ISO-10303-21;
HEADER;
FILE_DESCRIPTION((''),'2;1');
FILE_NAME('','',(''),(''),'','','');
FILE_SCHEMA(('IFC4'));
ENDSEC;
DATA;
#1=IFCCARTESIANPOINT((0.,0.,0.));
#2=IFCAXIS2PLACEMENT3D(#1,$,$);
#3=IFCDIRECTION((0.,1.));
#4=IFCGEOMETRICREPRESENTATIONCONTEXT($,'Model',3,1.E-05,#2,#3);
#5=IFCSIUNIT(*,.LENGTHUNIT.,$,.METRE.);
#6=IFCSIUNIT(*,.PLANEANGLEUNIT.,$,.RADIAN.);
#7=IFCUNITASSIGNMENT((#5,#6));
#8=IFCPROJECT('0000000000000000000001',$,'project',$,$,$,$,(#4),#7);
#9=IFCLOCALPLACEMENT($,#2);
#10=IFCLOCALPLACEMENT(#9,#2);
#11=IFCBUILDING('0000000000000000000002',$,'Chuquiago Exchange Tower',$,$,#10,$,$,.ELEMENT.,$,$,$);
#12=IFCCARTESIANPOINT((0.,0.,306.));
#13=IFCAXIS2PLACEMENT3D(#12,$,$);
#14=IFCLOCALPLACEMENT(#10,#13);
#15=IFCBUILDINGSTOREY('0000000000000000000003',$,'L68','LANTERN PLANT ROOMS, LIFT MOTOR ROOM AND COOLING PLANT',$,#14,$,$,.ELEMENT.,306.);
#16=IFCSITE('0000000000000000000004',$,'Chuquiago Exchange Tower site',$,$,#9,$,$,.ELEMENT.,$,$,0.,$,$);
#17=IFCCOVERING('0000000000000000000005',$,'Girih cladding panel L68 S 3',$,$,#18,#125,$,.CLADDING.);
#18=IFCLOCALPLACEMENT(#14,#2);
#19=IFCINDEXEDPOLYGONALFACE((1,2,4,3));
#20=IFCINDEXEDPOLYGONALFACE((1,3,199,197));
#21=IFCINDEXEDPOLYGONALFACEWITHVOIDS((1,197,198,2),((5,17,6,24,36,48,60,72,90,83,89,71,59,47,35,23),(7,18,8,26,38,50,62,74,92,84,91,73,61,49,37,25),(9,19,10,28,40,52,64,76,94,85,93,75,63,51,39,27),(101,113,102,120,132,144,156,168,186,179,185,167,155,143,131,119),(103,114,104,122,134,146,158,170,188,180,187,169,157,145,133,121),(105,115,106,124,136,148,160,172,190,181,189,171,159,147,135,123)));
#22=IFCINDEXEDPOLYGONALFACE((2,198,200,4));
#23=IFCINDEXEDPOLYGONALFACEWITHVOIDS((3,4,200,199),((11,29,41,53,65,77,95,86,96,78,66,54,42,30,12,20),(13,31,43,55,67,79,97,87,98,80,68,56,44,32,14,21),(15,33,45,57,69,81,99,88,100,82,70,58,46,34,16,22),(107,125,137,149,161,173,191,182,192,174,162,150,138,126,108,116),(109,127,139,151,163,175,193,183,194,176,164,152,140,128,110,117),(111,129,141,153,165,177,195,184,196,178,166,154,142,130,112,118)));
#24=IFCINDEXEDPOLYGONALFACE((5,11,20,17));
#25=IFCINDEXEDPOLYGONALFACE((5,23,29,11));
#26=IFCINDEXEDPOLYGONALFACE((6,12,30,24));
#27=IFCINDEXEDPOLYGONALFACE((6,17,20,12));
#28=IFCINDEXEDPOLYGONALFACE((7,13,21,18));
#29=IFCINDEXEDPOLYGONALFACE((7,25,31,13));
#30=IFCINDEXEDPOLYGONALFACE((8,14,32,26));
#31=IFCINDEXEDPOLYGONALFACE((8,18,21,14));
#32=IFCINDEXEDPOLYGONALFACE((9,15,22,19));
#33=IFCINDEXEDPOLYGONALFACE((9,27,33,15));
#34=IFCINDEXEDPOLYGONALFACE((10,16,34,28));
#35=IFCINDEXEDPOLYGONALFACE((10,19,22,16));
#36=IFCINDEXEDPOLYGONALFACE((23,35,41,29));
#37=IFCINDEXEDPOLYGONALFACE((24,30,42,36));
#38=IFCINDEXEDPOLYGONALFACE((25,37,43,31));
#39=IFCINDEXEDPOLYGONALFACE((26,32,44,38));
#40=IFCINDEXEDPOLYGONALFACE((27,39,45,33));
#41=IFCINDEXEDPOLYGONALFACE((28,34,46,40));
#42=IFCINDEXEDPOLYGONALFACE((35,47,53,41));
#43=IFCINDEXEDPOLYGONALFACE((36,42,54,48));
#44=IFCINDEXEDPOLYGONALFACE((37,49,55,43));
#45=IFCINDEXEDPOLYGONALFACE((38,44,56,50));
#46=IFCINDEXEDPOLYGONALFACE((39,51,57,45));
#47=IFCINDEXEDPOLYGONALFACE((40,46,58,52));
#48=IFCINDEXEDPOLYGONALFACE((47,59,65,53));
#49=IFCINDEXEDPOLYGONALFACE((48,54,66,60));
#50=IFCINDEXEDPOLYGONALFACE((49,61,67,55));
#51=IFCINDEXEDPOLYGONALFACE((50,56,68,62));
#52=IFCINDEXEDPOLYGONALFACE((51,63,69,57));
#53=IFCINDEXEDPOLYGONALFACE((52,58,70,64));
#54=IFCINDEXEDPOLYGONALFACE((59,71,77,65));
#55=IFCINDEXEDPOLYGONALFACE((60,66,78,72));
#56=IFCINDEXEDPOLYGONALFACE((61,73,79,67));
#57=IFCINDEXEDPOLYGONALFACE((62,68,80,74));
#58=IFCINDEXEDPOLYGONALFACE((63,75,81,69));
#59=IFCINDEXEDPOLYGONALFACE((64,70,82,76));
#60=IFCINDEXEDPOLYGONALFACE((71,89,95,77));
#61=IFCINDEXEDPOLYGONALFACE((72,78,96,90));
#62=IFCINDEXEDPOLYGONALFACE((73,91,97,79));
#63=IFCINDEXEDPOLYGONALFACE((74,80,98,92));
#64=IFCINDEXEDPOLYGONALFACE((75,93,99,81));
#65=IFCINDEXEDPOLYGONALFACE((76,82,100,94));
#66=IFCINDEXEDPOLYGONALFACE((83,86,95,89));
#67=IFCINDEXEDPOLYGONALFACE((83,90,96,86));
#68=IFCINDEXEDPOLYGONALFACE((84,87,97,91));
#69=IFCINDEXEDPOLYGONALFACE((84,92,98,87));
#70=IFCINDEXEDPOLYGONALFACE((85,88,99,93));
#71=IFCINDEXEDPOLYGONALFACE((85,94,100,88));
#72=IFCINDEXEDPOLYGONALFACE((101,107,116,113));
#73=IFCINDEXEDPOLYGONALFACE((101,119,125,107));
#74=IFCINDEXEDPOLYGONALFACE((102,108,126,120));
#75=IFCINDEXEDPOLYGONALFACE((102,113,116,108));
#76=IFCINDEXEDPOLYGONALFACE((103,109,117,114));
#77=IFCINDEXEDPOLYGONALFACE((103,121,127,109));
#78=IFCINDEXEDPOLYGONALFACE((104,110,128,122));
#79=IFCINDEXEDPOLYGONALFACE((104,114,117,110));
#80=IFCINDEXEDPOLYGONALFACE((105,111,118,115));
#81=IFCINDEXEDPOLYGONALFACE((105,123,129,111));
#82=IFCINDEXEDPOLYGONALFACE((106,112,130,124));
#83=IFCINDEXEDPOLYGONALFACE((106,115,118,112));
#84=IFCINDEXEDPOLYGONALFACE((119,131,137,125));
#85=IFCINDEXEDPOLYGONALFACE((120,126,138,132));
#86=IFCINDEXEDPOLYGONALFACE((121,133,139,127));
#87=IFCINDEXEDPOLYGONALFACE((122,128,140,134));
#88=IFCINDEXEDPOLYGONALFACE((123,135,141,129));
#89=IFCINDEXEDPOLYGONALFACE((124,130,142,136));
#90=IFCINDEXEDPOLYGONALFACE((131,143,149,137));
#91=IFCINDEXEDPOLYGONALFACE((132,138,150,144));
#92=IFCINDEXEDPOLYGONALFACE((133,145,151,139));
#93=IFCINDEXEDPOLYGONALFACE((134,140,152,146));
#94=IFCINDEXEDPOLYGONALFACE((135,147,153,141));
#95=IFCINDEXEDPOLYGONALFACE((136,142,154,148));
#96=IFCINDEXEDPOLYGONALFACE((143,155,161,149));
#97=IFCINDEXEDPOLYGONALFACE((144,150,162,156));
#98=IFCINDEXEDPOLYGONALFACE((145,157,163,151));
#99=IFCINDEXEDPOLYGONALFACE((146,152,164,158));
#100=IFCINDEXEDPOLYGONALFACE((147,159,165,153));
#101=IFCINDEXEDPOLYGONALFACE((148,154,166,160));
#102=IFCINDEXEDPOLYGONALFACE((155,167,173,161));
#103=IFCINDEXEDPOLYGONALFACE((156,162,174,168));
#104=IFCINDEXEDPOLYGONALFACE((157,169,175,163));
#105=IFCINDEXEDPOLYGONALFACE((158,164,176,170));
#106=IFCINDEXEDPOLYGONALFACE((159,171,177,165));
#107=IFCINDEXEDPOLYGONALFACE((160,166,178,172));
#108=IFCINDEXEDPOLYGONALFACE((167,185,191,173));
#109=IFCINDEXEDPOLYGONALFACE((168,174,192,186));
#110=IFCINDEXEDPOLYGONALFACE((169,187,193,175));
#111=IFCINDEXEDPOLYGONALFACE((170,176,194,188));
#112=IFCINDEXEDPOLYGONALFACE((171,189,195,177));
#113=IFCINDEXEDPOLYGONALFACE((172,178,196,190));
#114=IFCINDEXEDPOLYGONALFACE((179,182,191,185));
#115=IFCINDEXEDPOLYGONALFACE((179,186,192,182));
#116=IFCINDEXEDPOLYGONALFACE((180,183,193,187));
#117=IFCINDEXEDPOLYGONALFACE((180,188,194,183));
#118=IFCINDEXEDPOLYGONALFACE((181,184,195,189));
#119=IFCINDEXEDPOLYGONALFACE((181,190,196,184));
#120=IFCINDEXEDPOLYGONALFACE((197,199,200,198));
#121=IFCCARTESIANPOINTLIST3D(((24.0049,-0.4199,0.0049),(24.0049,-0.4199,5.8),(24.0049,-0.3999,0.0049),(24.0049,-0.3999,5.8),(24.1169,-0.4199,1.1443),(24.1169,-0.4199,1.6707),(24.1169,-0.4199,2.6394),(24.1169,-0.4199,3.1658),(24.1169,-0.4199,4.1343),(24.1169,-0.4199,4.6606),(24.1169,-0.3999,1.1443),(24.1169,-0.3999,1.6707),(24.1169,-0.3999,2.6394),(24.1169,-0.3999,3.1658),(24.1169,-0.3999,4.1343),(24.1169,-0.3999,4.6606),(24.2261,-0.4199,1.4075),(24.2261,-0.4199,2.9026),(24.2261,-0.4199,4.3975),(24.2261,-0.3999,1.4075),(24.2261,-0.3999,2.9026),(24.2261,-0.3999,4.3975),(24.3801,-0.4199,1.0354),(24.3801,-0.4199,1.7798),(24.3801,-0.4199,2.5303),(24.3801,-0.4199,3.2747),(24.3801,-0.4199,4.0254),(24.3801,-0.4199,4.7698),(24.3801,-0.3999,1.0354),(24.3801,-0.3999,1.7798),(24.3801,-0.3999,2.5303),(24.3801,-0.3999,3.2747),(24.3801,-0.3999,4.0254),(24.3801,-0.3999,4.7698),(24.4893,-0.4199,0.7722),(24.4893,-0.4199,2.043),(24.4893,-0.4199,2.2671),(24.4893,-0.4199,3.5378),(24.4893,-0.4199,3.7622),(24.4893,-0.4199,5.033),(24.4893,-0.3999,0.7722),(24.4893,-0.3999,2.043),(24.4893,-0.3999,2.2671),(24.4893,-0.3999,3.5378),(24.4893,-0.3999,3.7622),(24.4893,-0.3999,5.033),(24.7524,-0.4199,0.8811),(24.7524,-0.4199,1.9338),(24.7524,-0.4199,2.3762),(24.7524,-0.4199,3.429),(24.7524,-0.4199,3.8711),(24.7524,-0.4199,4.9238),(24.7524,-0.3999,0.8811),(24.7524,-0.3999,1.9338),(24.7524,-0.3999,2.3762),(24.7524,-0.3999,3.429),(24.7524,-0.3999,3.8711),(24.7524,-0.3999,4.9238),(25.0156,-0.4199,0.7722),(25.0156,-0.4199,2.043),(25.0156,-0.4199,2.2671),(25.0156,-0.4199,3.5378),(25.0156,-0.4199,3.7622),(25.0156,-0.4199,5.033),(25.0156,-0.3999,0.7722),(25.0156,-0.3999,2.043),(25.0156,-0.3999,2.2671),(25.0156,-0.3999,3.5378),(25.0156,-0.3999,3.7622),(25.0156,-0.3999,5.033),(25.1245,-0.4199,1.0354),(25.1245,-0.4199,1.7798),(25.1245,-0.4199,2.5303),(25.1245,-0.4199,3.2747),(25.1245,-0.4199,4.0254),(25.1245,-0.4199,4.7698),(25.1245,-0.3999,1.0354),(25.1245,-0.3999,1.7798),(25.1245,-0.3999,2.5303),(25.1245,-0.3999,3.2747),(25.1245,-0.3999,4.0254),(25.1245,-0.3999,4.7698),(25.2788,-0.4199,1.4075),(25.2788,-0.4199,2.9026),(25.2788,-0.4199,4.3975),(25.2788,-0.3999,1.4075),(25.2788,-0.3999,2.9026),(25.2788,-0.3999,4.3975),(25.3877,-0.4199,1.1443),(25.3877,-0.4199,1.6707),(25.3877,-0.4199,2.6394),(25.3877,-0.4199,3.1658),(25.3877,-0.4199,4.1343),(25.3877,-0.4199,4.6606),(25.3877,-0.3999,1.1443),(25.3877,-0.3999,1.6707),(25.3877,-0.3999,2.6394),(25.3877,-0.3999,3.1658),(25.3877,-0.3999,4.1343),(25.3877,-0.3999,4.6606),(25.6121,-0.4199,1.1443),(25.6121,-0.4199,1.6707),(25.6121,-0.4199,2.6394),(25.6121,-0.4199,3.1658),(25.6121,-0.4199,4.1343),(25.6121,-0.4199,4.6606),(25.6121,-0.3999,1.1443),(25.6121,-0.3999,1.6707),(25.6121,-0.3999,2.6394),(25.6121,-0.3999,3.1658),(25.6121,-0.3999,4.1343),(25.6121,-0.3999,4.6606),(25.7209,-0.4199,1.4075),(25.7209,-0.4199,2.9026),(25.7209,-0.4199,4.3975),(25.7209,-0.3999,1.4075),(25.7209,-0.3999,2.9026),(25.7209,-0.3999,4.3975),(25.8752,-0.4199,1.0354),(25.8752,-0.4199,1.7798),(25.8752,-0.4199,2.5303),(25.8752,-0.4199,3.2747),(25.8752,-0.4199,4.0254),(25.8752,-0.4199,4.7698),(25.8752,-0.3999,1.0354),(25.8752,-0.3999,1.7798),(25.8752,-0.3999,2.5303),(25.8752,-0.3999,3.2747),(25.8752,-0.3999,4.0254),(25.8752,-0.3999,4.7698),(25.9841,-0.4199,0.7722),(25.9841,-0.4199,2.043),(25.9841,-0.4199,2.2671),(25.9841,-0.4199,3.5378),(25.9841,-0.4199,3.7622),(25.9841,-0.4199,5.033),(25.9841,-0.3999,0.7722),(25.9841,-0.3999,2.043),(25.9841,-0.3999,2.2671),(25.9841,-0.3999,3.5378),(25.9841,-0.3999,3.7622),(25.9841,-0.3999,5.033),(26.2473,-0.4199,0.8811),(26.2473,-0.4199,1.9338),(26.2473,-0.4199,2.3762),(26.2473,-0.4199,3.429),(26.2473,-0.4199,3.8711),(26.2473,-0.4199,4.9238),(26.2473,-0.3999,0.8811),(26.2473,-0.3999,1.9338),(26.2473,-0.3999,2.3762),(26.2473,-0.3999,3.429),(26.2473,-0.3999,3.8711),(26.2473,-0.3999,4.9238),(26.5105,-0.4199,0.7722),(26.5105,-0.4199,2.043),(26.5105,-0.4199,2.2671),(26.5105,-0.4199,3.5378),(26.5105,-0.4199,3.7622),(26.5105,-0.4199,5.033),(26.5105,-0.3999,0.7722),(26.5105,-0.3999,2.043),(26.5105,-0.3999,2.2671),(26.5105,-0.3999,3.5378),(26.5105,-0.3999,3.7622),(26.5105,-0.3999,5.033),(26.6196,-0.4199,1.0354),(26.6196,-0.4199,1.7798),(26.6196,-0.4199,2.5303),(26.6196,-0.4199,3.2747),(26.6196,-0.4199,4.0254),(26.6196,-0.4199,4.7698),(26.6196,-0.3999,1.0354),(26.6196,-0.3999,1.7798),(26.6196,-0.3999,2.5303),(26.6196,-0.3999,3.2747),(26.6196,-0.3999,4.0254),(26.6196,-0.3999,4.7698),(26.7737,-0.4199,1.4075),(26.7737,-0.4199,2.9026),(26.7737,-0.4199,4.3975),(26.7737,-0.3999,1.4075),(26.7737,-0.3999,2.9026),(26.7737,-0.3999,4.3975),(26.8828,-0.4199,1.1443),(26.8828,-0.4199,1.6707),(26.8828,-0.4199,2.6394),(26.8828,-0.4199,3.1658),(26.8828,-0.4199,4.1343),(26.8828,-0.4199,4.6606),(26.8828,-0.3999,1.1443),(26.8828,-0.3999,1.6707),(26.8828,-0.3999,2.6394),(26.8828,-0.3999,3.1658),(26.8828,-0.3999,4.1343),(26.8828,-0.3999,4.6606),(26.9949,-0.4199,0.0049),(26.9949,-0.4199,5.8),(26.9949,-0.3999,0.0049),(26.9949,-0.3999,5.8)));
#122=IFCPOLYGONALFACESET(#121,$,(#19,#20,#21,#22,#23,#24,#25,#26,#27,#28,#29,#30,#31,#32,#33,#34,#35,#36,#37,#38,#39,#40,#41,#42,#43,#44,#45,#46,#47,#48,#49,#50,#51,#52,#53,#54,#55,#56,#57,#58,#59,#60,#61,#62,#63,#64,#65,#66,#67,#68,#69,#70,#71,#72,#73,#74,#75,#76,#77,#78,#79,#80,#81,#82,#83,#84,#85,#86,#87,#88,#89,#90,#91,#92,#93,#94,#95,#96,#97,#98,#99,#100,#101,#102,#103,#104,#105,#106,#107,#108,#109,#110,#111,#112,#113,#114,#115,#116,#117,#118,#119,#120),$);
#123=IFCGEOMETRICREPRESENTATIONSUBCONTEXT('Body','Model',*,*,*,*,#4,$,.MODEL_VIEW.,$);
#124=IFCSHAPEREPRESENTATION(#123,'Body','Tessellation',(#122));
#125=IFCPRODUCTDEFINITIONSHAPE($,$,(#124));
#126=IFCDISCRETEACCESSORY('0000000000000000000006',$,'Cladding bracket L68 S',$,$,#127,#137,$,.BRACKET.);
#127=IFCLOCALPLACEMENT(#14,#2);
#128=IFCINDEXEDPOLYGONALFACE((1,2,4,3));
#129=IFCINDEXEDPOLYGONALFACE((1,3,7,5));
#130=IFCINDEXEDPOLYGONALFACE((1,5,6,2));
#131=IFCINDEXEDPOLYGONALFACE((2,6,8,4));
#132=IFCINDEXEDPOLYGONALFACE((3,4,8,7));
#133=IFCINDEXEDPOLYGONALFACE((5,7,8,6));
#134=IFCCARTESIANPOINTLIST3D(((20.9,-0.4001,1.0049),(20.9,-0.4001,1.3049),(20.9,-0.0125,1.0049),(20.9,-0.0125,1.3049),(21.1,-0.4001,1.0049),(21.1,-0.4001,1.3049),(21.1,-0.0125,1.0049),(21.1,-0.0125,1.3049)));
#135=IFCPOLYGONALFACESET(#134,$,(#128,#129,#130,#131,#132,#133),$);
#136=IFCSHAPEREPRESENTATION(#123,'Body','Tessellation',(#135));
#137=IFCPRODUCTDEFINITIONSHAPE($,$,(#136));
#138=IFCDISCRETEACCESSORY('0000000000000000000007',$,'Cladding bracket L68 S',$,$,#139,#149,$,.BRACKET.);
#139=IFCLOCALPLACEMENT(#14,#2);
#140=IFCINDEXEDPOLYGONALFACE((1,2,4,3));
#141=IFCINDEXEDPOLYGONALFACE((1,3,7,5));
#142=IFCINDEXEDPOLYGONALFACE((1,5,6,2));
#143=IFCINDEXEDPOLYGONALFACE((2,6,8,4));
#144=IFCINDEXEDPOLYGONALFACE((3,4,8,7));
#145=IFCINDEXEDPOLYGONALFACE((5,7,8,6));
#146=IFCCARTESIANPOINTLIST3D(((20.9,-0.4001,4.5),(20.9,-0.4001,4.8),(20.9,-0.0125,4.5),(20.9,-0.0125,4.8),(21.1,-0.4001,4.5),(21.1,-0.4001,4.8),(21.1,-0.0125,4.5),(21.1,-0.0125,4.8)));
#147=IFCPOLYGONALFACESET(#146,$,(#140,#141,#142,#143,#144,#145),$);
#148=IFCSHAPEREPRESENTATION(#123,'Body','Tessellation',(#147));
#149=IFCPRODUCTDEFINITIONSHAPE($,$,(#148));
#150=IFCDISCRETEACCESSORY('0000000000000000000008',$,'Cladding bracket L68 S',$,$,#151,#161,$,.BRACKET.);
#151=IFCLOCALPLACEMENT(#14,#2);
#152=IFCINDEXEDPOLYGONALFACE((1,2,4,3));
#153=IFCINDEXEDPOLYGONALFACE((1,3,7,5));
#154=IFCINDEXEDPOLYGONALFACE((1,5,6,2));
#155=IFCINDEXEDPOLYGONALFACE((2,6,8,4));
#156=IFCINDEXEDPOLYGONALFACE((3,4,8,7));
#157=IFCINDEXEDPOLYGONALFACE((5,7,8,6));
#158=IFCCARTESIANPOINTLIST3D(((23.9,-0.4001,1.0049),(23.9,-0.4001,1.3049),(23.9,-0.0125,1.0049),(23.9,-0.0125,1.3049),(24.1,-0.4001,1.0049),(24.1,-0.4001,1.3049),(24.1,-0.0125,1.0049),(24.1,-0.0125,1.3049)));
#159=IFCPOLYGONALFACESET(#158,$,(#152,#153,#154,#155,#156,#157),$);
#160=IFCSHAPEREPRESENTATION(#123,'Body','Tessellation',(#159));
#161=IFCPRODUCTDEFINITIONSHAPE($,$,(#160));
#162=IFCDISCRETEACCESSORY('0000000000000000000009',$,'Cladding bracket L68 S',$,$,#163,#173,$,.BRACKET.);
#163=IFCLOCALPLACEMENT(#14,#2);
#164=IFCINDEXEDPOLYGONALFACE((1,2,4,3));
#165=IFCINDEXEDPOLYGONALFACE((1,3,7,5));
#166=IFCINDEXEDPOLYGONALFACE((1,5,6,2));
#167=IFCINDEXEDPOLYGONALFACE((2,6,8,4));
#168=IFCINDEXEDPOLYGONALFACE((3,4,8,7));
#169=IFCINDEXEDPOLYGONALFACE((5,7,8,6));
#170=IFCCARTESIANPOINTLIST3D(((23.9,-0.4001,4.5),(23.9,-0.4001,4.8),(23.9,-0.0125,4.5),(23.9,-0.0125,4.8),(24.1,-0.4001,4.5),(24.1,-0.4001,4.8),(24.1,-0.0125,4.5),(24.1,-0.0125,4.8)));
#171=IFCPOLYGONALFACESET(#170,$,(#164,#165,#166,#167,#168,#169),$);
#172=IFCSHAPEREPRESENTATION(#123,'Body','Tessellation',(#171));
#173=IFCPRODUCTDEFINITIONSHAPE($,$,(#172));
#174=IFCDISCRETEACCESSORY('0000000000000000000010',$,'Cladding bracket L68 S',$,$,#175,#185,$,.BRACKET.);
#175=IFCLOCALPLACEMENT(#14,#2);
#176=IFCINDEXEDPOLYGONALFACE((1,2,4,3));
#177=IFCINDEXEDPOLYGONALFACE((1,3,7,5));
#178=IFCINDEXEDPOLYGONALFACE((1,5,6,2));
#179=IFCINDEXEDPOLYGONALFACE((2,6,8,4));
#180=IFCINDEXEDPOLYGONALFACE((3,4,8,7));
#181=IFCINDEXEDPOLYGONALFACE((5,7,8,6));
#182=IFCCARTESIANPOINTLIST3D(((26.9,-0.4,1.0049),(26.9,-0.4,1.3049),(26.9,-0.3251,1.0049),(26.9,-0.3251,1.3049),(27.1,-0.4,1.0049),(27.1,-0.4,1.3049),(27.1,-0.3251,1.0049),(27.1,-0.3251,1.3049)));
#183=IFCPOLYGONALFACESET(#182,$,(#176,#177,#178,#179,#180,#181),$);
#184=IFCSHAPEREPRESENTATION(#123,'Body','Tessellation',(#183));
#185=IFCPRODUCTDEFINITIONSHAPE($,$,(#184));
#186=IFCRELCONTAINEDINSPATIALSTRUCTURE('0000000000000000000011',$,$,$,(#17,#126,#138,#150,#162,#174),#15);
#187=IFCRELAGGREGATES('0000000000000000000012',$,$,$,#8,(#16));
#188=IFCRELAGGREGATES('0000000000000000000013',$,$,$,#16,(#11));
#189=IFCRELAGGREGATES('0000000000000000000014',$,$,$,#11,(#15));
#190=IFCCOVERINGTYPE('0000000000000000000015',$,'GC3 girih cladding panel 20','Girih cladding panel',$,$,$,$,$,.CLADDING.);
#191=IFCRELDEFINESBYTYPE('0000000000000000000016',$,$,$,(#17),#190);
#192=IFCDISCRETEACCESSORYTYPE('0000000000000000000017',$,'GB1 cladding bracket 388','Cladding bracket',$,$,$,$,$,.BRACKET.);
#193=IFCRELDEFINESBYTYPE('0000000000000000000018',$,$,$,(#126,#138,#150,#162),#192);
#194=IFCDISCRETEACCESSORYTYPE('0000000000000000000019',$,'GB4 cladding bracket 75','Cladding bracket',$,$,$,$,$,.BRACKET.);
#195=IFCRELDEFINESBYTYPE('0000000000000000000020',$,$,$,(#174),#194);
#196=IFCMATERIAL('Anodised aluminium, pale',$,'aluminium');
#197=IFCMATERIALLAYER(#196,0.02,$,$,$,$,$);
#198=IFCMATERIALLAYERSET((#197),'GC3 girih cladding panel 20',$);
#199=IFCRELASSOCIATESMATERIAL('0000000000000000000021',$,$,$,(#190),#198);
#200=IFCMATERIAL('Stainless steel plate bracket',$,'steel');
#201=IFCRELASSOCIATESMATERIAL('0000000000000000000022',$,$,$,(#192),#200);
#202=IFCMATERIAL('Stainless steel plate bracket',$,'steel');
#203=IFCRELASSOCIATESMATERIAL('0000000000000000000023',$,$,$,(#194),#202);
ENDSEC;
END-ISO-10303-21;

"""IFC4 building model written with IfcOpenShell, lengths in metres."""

from ifc_helpers import new_model, si_unit, direction, frame, origin, origin_2d, place, context, subcontext, project, spatial, polyline, rectangle, outline, extrude, material, layer, layer_set, type_object, element, save


model = new_model("IFC4")

# Units and contexts
model_context = context("Model", 3, precision=1e-05, world=origin(), true_north=direction((0.0, 1.0)))
body_context = subcontext(model_context, "Body", "Model", "MODEL_VIEW")
ifc_project = project(units=[si_unit("LENGTHUNIT", "METRE"), si_unit("PLANEANGLEUNIT", "RADIAN")], contexts=[model_context])

# Site, building, storey
site_placement = place(None, origin())
site = spatial("IfcSite", under=ifc_project, at=site_placement, Name="Chuquiago Exchange Tower site", CompositionType="ELEMENT", RefElevation=0.0)
building_placement = place(site_placement, origin())
building = spatial("IfcBuilding", under=site, at=building_placement, Name="Chuquiago Exchange Tower", CompositionType="ELEMENT")
storey_placement = place(building_placement, frame((0.0, 0.0, 306.0)))
storey = spatial("IfcBuildingStorey", under=building, at=storey_placement, Name="L68", Description="LANTERN PLANT ROOMS, LIFT MOTOR ROOM AND COOLING PLANT", CompositionType="ELEMENT", Elevation=306.0)

# Covering
ifc_material_1 = material(Name="Anodised aluminium, pale", Category="aluminium")
ifc_layer_1 = layer(ifc_material_1, 0.02)
ifc_layer_set_1 = layer_set([ifc_layer_1], Name="GC3 girih cladding panel 20")
covering_type_1 = type_object("IfcCoveringType", Name="GC3 girih cladding panel 20", Description="Girih cladding panel", PredefinedType="CLADDING", material=ifc_layer_set_1)
covering_1_placement = place(storey_placement, frame((24.0049, -0.3999, 0.0049), z_axis=(0.0, 0.0, 1.0), x_axis=(1.0, 0.0, 0.0)))
element("IfcCovering", 1, at=covering_1_placement, inside=storey, type_object=covering_type_1, Name="Girih cladding panel L68 S 3", PredefinedType="CLADDING", context=body_context, shape_type="SweptSolid", body=[
    extrude(outline(polyline([(0.0, 0.0), (2.99, 0.0), (2.99, 5.7952), (0.0, 5.7952), (0.0, 0.0)]), holes=[polyline([(1.2739, 1.4026), (1.3828, 1.6658), (1.1196, 1.7749), (1.0107, 2.0381), (0.7476, 1.929), (0.4844, 2.0381), (0.3752, 1.7749), (0.1121, 1.6658), (0.2212, 1.4026), (0.1121, 1.1394), (0.3752, 1.0305), (0.4844, 0.7673), (0.7476, 0.8762), (1.0107, 0.7673), (1.1196, 1.0305), (1.3828, 1.1394), (1.2739, 1.4026)]), polyline([(2.7688, 1.4026), (2.8779, 1.6658), (2.6147, 1.7749), (2.5056, 2.0381), (2.2424, 1.929), (1.9792, 2.0381), (1.8704, 1.7749), (1.6072, 1.6658), (1.7161, 1.4026), (1.6072, 1.1394), (1.8704, 1.0305), (1.9792, 0.7673), (2.2424, 0.8762), (2.5056, 0.7673), (2.6147, 1.0305), (2.8779, 1.1394), (2.7688, 1.4026)]), polyline([(1.2739, 2.8977), (1.3828, 3.1609), (1.1196, 3.2698), (1.0107, 3.533), (0.7476, 3.4241), (0.4844, 3.533), (0.3752, 3.2698), (0.1121, 3.1609), (0.2212, 2.8977), (0.1121, 2.6345), (0.3752, 2.5254), (0.4844, 2.2622), (0.7476, 2.3713), (1.0107, 2.2622), (1.1196, 2.5254), (1.3828, 2.6345), (1.2739, 2.8977)]), polyline([(2.7688, 2.8977), (2.8779, 3.1609), (2.6147, 3.2698), (2.5056, 3.533), (2.2424, 3.4241), (1.9792, 3.533), (1.8704, 3.2698), (1.6072, 3.1609), (1.7161, 2.8977), (1.6072, 2.6345), (1.8704, 2.5254), (1.9792, 2.2622), (2.2424, 2.3713), (2.5056, 2.2622), (2.6147, 2.5254), (2.8779, 2.6345), (2.7688, 2.8977)]), polyline([(1.2739, 4.3926), (1.3828, 4.6558), (1.1196, 4.7649), (1.0107, 5.0281), (0.7476, 4.9189), (0.4844, 5.0281), (0.3752, 4.7649), (0.1121, 4.6558), (0.2212, 4.3926), (0.1121, 4.1294), (0.3752, 4.0205), (0.4844, 3.7573), (0.7476, 3.8662), (1.0107, 3.7573), (1.1196, 4.0205), (1.3828, 4.1294), (1.2739, 4.3926)]), polyline([(2.7688, 4.3926), (2.8779, 4.6558), (2.6147, 4.7649), (2.5056, 5.0281), (2.2424, 4.9189), (1.9792, 5.0281), (1.8704, 4.7649), (1.6072, 4.6558), (1.7161, 4.3926), (1.6072, 4.1294), (1.8704, 4.0205), (1.9792, 3.7573), (2.2424, 3.8662), (2.5056, 3.7573), (2.6147, 4.0205), (2.8779, 4.1294), (2.7688, 4.3926)])]), frame((0.0, 0.0, 0.0), z_axis=(0.0, -1.0, 0.0), x_axis=(1.0, 0.0, 0.0)), (0.0, 0.0, 1.0), 0.02),
])

# Discrete accessories
ifc_material_2 = material(Name="Stainless steel plate bracket", Category="steel")
discrete_accessory_type_1 = type_object("IfcDiscreteAccessoryType", Name="GB1 cladding bracket 388", Description="Cladding bracket", PredefinedType="BRACKET", material=ifc_material_2)
for number, where, z_axis, x_axis, name in (
    (2, (21.0, -0.2063, 1.0049), (0.0, 0.0, 1.0), (1.0, 0.0, 0.0), "Cladding bracket L68 S"),
    (3, (21.0, -0.2063, 4.5), (0.0, 0.0, 1.0), (1.0, 0.0, 0.0), "Cladding bracket L68 S"),
    (4, (24.0, -0.2063, 1.0049), (0.0, 0.0, 1.0), (1.0, 0.0, 0.0), "Cladding bracket L68 S"),
    (5, (24.0, -0.2063, 4.5), (0.0, 0.0, 1.0), (1.0, 0.0, 0.0), "Cladding bracket L68 S"),
):
    element("IfcDiscreteAccessory", number, at=place(storey_placement, frame(where, z_axis=z_axis, x_axis=x_axis)), inside=storey, type_object=discrete_accessory_type_1, Name=name, PredefinedType="BRACKET", context=body_context, shape_type="SweptSolid", body=[
        extrude(rectangle(XDim=0.2, YDim=0.3877, at=origin_2d()), origin(), (0.0, 0.0, 1.0), 0.3),
    ])
ifc_material_3 = material(Name="Stainless steel plate bracket", Category="steel")
discrete_accessory_type_2 = type_object("IfcDiscreteAccessoryType", Name="GB4 cladding bracket 75", Description="Cladding bracket", PredefinedType="BRACKET", material=ifc_material_3)
for number, where, z_axis, x_axis, name in (
    (6, (27.0, -0.3625, 1.0049), (0.0, 0.0, 1.0), (1.0, 0.0, 0.0), "Cladding bracket L68 S"),
):
    element("IfcDiscreteAccessory", number, at=place(storey_placement, frame(where, z_axis=z_axis, x_axis=x_axis)), inside=storey, type_object=discrete_accessory_type_2, Name=name, PredefinedType="BRACKET", context=body_context, shape_type="SweptSolid", body=[
        extrude(rectangle(XDim=0.2, YDim=0.075, at=origin_2d()), origin(), (0.0, 0.0, 1.0), 0.3),
    ])

save(model, "model.ifc")
